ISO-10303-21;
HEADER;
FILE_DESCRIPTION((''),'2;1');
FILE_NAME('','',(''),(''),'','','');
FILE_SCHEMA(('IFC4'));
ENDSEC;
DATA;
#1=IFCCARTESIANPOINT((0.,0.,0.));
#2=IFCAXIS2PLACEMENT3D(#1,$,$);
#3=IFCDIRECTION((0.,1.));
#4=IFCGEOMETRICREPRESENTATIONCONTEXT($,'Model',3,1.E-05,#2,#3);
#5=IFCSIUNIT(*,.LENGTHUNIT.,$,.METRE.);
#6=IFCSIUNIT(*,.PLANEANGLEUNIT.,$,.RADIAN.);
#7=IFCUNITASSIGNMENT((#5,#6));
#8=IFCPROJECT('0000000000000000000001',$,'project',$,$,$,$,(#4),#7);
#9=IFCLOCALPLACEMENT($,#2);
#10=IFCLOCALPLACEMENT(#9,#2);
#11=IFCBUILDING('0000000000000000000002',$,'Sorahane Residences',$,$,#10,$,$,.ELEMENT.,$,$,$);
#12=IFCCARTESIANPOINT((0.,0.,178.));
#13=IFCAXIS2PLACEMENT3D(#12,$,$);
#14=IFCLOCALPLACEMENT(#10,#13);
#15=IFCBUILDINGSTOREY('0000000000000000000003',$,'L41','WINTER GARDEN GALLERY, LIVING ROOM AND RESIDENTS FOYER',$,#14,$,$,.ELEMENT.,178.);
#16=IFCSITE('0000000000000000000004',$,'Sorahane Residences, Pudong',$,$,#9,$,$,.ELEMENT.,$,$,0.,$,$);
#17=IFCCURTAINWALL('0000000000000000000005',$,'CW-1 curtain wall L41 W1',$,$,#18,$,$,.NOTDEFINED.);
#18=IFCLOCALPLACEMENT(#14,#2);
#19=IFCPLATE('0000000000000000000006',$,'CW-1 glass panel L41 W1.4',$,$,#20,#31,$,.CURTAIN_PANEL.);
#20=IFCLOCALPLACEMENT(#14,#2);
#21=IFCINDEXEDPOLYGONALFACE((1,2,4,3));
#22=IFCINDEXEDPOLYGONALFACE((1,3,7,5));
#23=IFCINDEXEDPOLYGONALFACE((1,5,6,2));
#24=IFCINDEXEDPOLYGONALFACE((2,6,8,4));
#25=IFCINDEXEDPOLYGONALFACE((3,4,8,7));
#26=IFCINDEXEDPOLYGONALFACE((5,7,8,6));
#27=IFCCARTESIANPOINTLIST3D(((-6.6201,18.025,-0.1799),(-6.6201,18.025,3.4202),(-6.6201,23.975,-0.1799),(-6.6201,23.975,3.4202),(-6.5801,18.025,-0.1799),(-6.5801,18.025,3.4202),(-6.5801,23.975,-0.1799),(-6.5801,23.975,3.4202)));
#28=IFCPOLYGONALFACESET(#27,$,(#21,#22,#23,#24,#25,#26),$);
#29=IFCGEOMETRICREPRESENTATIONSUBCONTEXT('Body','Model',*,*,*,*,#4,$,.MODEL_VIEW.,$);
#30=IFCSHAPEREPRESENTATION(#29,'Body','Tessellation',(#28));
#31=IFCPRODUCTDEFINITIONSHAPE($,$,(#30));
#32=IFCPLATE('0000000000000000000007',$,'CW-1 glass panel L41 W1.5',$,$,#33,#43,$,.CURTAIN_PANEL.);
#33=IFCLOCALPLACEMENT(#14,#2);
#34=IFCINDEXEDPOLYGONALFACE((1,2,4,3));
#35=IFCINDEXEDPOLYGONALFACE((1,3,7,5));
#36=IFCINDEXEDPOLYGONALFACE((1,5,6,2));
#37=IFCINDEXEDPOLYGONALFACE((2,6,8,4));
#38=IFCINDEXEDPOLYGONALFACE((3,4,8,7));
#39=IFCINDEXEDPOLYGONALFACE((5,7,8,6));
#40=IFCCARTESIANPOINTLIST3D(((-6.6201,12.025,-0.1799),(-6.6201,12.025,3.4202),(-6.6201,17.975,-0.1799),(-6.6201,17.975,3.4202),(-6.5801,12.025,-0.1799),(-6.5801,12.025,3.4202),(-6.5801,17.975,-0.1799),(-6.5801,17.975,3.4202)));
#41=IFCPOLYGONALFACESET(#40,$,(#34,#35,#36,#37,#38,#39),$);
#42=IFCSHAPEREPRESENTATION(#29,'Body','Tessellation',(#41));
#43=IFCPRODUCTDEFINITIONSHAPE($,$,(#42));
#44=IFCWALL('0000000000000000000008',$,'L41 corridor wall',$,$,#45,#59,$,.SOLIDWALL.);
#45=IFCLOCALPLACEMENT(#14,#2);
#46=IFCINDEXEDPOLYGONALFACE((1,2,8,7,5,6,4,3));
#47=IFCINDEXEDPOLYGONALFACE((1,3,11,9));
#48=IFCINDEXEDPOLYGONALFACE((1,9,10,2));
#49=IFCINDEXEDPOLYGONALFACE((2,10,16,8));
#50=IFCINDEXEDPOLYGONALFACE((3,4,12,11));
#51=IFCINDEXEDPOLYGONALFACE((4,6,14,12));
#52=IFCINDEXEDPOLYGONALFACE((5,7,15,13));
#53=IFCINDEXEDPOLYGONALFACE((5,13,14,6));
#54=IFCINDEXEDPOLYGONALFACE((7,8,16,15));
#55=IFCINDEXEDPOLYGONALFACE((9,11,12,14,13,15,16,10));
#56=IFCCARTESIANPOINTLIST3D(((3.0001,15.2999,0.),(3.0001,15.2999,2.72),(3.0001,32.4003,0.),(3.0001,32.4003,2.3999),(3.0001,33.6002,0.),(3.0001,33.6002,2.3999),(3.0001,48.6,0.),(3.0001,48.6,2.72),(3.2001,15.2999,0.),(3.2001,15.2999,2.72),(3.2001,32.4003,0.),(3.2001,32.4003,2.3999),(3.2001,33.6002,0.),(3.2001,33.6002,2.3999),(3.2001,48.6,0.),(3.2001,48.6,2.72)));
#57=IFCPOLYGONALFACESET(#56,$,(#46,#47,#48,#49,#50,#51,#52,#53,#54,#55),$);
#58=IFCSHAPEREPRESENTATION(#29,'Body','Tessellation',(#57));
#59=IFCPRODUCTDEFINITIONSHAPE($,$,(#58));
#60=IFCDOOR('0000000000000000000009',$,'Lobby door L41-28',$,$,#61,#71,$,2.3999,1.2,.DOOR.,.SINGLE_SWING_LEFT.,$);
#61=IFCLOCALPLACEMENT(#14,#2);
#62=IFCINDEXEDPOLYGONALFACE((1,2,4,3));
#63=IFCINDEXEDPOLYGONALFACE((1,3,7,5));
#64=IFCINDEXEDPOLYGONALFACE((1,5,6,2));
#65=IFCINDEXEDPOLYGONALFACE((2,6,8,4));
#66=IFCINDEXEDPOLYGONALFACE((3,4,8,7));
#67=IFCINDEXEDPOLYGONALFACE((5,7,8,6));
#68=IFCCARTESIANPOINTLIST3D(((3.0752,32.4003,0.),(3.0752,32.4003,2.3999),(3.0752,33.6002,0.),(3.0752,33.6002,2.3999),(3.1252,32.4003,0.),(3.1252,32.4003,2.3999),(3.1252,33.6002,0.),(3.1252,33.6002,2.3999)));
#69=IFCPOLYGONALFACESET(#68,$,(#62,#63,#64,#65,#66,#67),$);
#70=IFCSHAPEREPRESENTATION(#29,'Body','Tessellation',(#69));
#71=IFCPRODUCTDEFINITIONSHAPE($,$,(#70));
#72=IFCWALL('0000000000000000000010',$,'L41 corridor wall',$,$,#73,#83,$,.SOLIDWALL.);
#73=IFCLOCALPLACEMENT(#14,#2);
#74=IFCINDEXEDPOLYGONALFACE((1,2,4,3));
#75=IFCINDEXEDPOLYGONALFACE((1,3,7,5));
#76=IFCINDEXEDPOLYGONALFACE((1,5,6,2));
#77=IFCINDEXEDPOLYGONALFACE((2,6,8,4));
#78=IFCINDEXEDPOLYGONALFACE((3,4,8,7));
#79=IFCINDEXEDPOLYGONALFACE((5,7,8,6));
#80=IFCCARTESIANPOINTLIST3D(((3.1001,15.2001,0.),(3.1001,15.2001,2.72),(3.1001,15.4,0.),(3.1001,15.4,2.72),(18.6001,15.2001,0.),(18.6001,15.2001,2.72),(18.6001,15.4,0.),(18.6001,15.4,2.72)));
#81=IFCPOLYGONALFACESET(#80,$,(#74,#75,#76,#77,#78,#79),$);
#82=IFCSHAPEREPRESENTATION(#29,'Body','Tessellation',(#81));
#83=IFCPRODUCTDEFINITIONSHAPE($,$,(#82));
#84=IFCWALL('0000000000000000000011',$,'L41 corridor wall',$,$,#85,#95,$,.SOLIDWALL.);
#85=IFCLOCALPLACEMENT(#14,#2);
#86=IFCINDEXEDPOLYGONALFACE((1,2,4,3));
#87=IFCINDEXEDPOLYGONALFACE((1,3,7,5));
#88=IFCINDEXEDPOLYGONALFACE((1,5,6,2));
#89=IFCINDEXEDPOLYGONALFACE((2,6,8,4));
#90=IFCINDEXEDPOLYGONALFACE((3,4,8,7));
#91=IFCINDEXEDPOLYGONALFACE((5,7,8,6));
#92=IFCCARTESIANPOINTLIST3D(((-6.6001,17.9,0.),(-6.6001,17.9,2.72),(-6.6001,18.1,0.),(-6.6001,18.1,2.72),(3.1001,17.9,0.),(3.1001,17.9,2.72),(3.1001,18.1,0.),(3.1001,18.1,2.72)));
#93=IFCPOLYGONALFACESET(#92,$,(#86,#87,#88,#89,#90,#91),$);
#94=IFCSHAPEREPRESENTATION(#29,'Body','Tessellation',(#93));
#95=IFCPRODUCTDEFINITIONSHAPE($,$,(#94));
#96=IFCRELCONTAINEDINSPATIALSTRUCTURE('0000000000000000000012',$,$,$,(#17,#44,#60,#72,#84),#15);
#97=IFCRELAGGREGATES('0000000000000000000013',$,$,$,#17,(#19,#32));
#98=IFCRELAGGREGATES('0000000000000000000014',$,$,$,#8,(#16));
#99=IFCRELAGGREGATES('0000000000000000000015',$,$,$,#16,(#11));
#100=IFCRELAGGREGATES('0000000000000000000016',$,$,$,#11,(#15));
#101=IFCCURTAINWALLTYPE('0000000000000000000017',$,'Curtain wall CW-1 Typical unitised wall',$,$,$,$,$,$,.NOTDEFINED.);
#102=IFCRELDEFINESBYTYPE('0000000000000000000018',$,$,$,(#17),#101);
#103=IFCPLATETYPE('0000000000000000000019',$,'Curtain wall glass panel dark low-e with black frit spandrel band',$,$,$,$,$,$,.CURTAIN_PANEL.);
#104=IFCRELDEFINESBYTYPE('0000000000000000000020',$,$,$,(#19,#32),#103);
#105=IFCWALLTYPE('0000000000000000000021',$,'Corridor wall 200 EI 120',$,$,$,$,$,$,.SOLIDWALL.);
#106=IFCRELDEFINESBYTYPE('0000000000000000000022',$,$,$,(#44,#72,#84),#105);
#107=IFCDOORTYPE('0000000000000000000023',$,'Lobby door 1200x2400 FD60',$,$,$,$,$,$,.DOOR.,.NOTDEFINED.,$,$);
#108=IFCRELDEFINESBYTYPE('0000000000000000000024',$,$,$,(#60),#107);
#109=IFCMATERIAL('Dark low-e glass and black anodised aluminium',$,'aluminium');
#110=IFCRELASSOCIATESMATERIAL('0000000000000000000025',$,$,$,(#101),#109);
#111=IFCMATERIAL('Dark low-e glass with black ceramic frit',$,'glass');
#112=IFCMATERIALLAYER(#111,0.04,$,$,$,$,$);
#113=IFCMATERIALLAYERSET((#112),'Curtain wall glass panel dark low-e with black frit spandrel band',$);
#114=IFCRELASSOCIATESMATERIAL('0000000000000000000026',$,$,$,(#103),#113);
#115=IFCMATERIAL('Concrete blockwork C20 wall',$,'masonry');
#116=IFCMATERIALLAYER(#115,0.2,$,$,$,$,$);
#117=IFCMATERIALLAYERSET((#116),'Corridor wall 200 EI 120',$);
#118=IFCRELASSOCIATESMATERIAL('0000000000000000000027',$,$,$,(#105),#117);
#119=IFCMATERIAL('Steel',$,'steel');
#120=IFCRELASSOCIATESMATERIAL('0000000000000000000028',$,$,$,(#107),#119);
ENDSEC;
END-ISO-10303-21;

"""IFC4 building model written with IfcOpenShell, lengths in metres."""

from ifc_helpers import new_model, si_unit, direction, frame, frame_2d, origin, origin_2d, place, context, subcontext, project, spatial, rectangle, extrude, material, layer, layer_set, type_object, element, fill, aggregate, save


model = new_model("IFC4")

# Units and contexts
model_context = context("Model", 3, precision=1e-05, world=origin(), true_north=direction((0.0, 1.0)))
body_context = subcontext(model_context, "Body", "Model", "MODEL_VIEW")
ifc_project = project(units=[si_unit("LENGTHUNIT", "METRE"), si_unit("PLANEANGLEUNIT", "RADIAN")], contexts=[model_context])

# Site, building, storey
site_placement = place(None, origin())
site = spatial("IfcSite", under=ifc_project, at=site_placement, Name="Sorahane Residences, Pudong", CompositionType="ELEMENT", RefElevation=0.0)
building_placement = place(site_placement, origin())
building = spatial("IfcBuilding", under=site, at=building_placement, Name="Sorahane Residences", CompositionType="ELEMENT")
storey_placement = place(building_placement, frame((0.0, 0.0, 178.0)))
storey = spatial("IfcBuildingStorey", under=building, at=storey_placement, Name="L41", Description="WINTER GARDEN GALLERY, LIVING ROOM AND RESIDENTS FOYER", CompositionType="ELEMENT", Elevation=178.0)

# Curtain wall
ifc_material_1 = material(Name="Dark low-e glass and black anodised aluminium", Category="aluminium")
curtain_wall_type = type_object("IfcCurtainWallType", Name="Curtain wall CW-1 Typical unitised wall", PredefinedType="NOTDEFINED", material=ifc_material_1)
curtain_wall_placement = place(storey_placement, origin())
curtain_wall = element("IfcCurtainWall", 1, at=curtain_wall_placement, inside=storey, type_object=curtain_wall_type, Name="CW-1 curtain wall L41 W1", PredefinedType="NOTDEFINED")

# Plates
ifc_material_2 = material(Name="Dark low-e glass with black ceramic frit", Category="glass")
ifc_layer_1 = layer(ifc_material_2, 0.04)
ifc_layer_set_1 = layer_set([ifc_layer_1], Name="Curtain wall glass panel dark low-e with black frit spandrel band")
plate_type = type_object("IfcPlateType", Name="Curtain wall glass panel dark low-e with black frit spandrel band", PredefinedType="CURTAIN_PANEL", material=ifc_layer_set_1)
plate_1_placement = place(storey_placement, frame((-6.6001, 21.0, -0.1799), z_axis=(0.0, 0.0, 1.0), x_axis=(0.0, -1.0, 0.0)))
plate_1 = element("IfcPlate", 2, at=plate_1_placement, type_object=plate_type, Name="CW-1 glass panel L41 W1.4", PredefinedType="CURTAIN_PANEL", context=body_context, shape_type="SweptSolid", body=[
    extrude(rectangle(XDim=5.95, YDim=0.04, at=origin_2d()), origin(), (0.0, 0.0, 1.0), 3.6001),
])
plate_2_placement = place(storey_placement, frame((-6.6001, 15.0, -0.1799), z_axis=(0.0, 0.0, 1.0), x_axis=(0.0, -1.0, 0.0)))
plate_2 = element("IfcPlate", 3, at=plate_2_placement, type_object=plate_type, Name="CW-1 glass panel L41 W1.5", PredefinedType="CURTAIN_PANEL", context=body_context, shape_type="SweptSolid", body=[
    extrude(rectangle(XDim=5.95, YDim=0.04, at=origin_2d()), origin(), (0.0, 0.0, 1.0), 3.6001),
])
aggregate(curtain_wall, [plate_1, plate_2])

# Wall, opening, door
ifc_material_3 = material(Name="Concrete blockwork C20 wall", Category="masonry")
ifc_layer_2 = layer(ifc_material_3, 0.2)
ifc_layer_set_2 = layer_set([ifc_layer_2], Name="Corridor wall 200 EI 120")
wall_type_1 = type_object("IfcWallType", Name="Corridor wall 200 EI 120", PredefinedType="SOLIDWALL", material=ifc_layer_set_2)
wall_1_placement = place(storey_placement, frame((3.1001, 15.3, 0.0), z_axis=(0.0, 0.0, 1.0), x_axis=(0.0, 1.0, 0.0)))
wall_1 = element("IfcWall", 4, at=wall_1_placement, inside=storey, type_object=wall_type_1, Name="L41 corridor wall", PredefinedType="SOLIDWALL", context=body_context, shape_type="SweptSolid", body=[
    extrude(rectangle(XDim=33.3, YDim=0.2, at=frame_2d((16.6499, 0.0))), origin(), (0.0, 0.0, 1.0), 2.72),
])
opening_1_placement = place(wall_1_placement, frame((17.1001, 0.0, 0.0)))
opening_1 = element("IfcOpeningElement", 5, at=opening_1_placement, cuts=wall_1, PredefinedType="OPENING", context=body_context, shape_type="SweptSolid", body=[
    extrude(rectangle(XDim=1.2, YDim=2.3999, at=frame_2d((0.6001, 1.2))), frame((0.0, 0.1099, 0.0), z_axis=(0.0, -1.0, 0.0), x_axis=(1.0, 0.0, 0.0)), (0.0, 0.0, 1.0), 0.22),
])
ifc_material_4 = material(Name="Steel", Category="steel")
door_type_1 = type_object("IfcDoorType", Name="Lobby door 1200x2400 FD60", OperationType="NOTDEFINED", PredefinedType="DOOR", material=ifc_material_4)
door_1_placement = place(opening_1_placement, origin())
door_1 = element("IfcDoor", 6, at=door_1_placement, inside=storey, type_object=door_type_1, Name="Lobby door L41-28", OperationType="SINGLE_SWING_LEFT", OverallHeight=2.3999, OverallWidth=1.2, PredefinedType="DOOR", context=body_context, shape_type="SweptSolid", body=[
    extrude(rectangle(XDim=1.2, YDim=2.3999, at=frame_2d((0.6001, 1.2))), frame((0.0, 0.0249, 0.0), z_axis=(0.0, -1.0, 0.0), x_axis=(1.0, 0.0, 0.0)), (0.0, 0.0, 1.0), 0.05),
])
fill(opening_1, door_1)

# Walls
wall_2_placement = place(storey_placement, frame((3.1001, 15.3, 0.0), z_axis=(0.0, 0.0, 1.0), x_axis=(1.0, 0.0, 0.0)))
element("IfcWall", 7, at=wall_2_placement, inside=storey, type_object=wall_type_1, Name="L41 corridor wall", PredefinedType="SOLIDWALL", context=body_context, shape_type="SweptSolid", body=[
    extrude(rectangle(XDim=15.5, YDim=0.2, at=frame_2d((7.75, 0.0))), origin(), (0.0, 0.0, 1.0), 2.72),
])
wall_3_placement = place(storey_placement, frame((-6.6001, 18.0, 0.0), z_axis=(0.0, 0.0, 1.0), x_axis=(1.0, 0.0, 0.0)))
element("IfcWall", 8, at=wall_3_placement, inside=storey, type_object=wall_type_1, Name="L41 corridor wall", PredefinedType="SOLIDWALL", context=body_context, shape_type="SweptSolid", body=[
    extrude(rectangle(XDim=9.7002, YDim=0.2, at=frame_2d((4.8501, 0.0))), origin(), (0.0, 0.0, 1.0), 2.72),
])

save(model, "model.ifc")
